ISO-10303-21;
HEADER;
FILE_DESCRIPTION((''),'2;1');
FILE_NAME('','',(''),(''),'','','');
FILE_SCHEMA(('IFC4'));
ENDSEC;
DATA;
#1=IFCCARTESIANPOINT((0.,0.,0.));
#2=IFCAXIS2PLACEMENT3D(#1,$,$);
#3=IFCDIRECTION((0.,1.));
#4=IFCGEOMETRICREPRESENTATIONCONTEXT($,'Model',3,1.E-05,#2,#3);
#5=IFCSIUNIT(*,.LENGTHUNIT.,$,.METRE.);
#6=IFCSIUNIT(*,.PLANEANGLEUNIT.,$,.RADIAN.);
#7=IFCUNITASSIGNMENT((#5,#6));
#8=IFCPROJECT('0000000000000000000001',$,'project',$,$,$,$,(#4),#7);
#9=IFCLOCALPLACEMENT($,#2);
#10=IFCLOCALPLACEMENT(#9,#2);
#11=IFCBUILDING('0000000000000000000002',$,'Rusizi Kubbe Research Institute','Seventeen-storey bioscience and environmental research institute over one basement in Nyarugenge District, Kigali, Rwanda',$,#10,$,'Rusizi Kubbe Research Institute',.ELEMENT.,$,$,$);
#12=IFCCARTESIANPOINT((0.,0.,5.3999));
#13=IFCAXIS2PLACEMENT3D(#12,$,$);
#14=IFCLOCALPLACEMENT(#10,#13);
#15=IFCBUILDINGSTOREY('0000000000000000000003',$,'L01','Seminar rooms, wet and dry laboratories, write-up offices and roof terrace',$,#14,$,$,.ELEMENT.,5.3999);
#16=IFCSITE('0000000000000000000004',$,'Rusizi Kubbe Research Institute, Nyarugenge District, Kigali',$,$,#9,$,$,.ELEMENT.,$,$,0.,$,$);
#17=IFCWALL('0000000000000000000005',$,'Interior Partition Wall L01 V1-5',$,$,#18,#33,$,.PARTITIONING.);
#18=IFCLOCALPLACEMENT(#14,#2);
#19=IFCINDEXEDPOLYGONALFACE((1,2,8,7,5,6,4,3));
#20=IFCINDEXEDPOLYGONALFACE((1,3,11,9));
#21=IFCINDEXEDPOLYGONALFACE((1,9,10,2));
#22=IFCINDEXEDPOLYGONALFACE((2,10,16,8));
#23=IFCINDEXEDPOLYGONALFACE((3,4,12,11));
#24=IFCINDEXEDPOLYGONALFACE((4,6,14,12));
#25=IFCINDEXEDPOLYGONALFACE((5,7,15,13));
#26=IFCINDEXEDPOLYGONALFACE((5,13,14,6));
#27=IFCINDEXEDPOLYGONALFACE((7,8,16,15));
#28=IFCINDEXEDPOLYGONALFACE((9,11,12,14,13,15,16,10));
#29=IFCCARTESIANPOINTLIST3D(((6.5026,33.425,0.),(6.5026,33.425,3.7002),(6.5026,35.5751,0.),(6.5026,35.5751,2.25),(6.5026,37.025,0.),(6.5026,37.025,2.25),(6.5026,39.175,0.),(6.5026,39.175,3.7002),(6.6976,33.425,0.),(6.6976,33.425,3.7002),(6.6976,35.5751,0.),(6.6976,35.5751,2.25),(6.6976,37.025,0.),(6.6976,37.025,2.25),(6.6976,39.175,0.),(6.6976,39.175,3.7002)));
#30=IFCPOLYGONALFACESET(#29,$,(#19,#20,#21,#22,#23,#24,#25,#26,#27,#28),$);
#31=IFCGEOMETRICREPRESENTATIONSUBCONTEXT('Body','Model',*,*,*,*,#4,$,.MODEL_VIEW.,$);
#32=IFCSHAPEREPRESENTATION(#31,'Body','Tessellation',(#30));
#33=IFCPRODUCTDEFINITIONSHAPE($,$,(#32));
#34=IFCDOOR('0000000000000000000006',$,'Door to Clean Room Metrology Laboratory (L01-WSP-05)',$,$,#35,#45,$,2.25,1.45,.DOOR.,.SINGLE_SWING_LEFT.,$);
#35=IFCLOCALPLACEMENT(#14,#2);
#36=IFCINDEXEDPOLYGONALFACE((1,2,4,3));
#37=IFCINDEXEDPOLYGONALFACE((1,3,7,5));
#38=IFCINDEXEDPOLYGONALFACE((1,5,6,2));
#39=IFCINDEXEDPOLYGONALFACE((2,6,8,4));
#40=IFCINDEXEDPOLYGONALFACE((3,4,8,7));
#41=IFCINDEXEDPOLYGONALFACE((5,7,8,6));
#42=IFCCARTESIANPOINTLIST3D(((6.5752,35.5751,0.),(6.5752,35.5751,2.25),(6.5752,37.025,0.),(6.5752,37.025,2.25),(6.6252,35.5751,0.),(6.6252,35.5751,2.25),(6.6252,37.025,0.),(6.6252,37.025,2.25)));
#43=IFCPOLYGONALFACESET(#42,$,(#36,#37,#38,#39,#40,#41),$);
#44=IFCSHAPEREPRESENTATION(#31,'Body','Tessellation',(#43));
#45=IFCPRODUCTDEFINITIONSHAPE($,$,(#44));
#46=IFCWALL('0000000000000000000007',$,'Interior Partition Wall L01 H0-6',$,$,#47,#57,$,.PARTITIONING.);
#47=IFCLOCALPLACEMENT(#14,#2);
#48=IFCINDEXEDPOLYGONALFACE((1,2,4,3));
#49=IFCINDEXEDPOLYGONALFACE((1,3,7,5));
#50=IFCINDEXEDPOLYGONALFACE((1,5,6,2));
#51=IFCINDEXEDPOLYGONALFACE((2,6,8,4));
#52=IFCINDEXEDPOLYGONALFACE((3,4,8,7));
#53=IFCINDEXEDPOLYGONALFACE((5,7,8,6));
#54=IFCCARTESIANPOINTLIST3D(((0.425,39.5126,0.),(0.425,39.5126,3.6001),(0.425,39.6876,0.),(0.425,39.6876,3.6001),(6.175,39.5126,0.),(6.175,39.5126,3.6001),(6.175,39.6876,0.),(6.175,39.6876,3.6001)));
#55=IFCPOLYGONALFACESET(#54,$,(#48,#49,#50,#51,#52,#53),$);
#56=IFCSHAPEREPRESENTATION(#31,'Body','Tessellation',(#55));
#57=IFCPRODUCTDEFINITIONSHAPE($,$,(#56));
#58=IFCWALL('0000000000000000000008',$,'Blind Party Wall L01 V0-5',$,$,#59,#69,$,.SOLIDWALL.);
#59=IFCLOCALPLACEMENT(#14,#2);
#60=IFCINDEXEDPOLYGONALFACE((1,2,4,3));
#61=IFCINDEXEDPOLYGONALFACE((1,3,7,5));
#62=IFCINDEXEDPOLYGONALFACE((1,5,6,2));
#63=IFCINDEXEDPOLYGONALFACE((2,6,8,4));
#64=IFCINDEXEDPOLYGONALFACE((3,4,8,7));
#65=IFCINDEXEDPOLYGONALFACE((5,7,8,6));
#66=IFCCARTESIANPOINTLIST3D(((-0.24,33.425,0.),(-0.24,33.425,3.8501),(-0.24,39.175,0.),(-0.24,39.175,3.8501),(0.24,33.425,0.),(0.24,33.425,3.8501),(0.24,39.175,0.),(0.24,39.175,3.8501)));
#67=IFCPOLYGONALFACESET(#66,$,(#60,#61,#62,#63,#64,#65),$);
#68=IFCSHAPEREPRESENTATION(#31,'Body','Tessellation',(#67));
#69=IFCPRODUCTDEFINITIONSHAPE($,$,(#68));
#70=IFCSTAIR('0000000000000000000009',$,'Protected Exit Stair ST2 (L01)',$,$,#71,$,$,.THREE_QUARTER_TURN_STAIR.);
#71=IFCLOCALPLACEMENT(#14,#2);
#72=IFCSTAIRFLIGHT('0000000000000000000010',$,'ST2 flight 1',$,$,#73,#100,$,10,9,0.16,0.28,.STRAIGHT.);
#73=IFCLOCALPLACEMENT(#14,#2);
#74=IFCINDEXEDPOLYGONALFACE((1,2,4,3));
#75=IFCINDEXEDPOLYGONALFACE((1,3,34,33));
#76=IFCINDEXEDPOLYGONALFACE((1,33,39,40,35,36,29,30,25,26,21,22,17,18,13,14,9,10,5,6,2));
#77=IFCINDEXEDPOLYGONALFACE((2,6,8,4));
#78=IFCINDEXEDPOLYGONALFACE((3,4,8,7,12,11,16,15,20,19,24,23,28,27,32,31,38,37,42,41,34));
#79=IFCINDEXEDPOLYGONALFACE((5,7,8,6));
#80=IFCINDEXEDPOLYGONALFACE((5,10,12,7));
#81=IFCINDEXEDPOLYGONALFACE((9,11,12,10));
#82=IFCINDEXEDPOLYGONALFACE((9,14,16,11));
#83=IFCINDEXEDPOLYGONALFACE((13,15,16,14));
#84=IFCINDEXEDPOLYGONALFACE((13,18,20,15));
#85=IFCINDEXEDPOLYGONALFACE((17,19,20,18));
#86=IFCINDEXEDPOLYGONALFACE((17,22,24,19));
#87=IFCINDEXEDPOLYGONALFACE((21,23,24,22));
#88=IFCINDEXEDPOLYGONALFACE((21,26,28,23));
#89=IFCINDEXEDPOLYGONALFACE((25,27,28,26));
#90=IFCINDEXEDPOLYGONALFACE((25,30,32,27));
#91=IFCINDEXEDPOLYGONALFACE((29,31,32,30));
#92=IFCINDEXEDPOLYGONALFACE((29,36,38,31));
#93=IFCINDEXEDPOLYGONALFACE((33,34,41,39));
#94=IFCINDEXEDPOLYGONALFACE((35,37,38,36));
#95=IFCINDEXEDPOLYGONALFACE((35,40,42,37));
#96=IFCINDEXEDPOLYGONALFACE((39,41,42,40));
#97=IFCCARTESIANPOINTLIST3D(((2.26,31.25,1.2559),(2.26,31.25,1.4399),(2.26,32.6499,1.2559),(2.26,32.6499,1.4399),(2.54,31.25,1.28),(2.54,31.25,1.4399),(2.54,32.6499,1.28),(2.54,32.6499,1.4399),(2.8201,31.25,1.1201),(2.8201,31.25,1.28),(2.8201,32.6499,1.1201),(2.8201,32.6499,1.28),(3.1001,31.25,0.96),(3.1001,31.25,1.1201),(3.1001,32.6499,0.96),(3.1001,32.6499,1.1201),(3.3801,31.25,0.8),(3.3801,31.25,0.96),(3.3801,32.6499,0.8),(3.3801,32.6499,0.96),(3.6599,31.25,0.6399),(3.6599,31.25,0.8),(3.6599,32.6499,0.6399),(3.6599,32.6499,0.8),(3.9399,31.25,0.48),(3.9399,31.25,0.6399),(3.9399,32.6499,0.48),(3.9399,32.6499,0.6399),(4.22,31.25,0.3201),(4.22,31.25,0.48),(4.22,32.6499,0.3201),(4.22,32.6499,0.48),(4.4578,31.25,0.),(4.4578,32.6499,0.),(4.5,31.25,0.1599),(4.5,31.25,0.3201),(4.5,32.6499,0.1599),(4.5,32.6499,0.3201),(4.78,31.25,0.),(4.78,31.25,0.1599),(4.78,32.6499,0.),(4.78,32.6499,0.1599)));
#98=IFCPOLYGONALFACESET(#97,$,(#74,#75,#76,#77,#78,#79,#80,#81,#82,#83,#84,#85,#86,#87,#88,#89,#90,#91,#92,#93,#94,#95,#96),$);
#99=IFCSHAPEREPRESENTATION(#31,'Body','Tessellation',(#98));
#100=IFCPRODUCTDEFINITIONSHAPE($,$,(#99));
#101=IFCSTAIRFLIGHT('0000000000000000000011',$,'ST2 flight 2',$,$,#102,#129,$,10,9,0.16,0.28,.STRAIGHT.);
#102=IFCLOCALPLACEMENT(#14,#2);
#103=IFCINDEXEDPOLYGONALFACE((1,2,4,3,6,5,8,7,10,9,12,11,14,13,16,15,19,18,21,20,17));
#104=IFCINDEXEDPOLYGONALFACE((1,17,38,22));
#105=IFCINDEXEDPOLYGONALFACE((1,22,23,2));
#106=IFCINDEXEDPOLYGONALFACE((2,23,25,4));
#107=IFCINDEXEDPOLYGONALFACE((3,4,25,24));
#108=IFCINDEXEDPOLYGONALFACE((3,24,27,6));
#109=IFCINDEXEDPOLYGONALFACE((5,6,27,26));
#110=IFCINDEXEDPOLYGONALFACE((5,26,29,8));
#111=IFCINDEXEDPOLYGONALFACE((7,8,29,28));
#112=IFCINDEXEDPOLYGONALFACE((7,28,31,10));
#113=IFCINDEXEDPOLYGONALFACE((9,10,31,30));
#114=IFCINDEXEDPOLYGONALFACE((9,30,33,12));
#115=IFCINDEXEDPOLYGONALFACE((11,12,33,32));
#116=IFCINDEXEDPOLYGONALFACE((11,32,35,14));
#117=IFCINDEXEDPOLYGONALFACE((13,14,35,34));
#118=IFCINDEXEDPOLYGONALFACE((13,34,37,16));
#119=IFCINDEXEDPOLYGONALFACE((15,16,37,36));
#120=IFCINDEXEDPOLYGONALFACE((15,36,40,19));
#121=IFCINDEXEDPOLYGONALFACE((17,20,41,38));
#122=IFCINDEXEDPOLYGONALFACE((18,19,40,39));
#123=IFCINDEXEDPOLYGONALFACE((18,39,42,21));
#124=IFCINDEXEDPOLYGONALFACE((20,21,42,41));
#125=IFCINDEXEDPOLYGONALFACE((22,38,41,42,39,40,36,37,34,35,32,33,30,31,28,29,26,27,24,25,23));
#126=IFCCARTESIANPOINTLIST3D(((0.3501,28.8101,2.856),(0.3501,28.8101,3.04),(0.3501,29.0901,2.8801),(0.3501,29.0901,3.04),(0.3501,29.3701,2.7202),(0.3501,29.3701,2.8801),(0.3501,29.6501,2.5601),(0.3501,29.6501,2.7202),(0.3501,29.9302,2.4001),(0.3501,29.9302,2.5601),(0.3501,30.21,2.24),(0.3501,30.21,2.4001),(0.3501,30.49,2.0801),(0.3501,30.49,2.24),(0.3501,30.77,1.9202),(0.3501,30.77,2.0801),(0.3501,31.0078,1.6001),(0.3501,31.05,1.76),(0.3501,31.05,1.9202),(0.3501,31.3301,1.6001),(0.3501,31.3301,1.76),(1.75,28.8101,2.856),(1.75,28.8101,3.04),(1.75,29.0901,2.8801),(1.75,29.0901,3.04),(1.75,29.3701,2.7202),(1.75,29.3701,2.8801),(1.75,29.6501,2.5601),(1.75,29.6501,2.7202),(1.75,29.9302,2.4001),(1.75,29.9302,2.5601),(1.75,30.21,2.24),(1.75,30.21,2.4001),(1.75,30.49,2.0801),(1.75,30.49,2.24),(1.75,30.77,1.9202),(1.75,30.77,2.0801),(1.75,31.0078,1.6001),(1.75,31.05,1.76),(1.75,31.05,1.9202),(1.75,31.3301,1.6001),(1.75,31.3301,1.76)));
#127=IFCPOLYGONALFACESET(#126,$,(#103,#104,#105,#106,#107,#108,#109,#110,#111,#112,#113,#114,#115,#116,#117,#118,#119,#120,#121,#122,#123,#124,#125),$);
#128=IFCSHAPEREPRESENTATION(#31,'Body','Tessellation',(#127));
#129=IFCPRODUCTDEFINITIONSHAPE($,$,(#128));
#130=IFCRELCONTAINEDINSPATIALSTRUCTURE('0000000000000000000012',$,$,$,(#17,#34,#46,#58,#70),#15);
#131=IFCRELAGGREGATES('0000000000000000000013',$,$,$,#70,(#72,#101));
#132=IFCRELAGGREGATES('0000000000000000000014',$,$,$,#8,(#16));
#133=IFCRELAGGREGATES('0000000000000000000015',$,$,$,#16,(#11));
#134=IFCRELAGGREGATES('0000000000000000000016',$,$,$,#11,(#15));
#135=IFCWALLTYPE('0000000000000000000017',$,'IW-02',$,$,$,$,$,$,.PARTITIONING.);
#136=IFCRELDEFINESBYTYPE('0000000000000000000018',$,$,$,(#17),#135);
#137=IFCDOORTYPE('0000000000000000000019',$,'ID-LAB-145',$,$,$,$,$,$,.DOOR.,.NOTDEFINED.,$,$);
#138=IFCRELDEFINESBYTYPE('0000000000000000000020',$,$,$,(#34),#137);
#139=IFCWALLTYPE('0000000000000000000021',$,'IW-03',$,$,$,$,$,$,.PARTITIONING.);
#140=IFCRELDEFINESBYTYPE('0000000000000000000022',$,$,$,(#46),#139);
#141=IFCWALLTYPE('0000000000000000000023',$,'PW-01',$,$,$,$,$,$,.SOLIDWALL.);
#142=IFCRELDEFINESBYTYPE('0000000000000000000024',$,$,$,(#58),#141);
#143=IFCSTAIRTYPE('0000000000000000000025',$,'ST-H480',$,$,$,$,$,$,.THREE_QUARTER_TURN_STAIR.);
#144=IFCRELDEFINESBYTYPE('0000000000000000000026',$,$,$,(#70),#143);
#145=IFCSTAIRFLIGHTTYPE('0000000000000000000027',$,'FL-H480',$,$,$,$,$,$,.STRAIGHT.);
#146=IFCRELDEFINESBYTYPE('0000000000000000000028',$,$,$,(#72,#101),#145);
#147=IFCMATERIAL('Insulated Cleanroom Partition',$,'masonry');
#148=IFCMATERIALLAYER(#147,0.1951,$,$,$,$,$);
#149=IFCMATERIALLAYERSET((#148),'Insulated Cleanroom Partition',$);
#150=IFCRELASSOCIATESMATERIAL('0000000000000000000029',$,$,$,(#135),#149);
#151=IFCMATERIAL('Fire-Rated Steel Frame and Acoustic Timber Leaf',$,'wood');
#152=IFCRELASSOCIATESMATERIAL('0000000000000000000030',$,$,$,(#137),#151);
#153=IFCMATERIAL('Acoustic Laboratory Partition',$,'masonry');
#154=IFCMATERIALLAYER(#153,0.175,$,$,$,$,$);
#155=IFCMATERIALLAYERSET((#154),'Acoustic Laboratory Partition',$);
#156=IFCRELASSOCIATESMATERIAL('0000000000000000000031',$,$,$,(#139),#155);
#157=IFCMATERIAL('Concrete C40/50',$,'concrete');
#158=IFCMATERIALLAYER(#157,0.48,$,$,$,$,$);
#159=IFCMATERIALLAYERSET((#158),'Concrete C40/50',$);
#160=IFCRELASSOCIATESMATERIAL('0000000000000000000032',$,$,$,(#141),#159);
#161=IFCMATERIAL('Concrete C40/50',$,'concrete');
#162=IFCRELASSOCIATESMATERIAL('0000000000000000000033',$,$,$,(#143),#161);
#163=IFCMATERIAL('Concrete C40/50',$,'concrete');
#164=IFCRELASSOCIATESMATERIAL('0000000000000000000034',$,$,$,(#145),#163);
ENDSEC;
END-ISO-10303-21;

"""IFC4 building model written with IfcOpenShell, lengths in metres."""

from ifc_helpers import new_model, si_unit, direction, frame, frame_2d, origin, place, context, subcontext, project, spatial, polyline, rectangle, outline, extrude, material, layer, layer_set, type_object, element, fill, aggregate, save


model = new_model("IFC4")

# Units and contexts
model_context = context("Model", 3, precision=1e-05, world=origin(), true_north=direction((0.0, 1.0)))
body_context = subcontext(model_context, "Body", "Model", "MODEL_VIEW")
ifc_project = project(units=[si_unit("LENGTHUNIT", "METRE"), si_unit("PLANEANGLEUNIT", "RADIAN")], contexts=[model_context])

# Site, building, storey
site_placement = place(None, origin())
site = spatial("IfcSite", under=ifc_project, at=site_placement, Name="Rusizi Kubbe Research Institute, Nyarugenge District, Kigali", CompositionType="ELEMENT", RefElevation=0.0)
building_placement = place(site_placement, origin())
building = spatial("IfcBuilding", under=site, at=building_placement, Name="Rusizi Kubbe Research Institute", Description="Seventeen-storey bioscience and environmental research institute over one basement in Nyarugenge District, Kigali, Rwanda", LongName="Rusizi Kubbe Research Institute", CompositionType="ELEMENT")
storey_placement = place(building_placement, frame((0.0, 0.0, 5.3999)))
storey = spatial("IfcBuildingStorey", under=building, at=storey_placement, Name="L01", Description="Seminar rooms, wet and dry laboratories, write-up offices and roof terrace", CompositionType="ELEMENT", Elevation=5.3999)

# Wall, opening, door
ifc_material_1 = material(Name="Insulated Cleanroom Partition", Category="masonry")
ifc_layer_1 = layer(ifc_material_1, 0.1951)
ifc_layer_set_1 = layer_set([ifc_layer_1], Name="Insulated Cleanroom Partition")
wall_type_1 = type_object("IfcWallType", Name="IW-02", PredefinedType="PARTITIONING", material=ifc_layer_set_1)
wall_1_placement = place(storey_placement, frame((6.6001, 33.425, 0.0), z_axis=(0.0, 0.0, 1.0), x_axis=(0.0, 1.0, 0.0)))
wall_1 = element("IfcWall", 1, at=wall_1_placement, inside=storey, type_object=wall_type_1, Name="Interior Partition Wall L01 V1-5", PredefinedType="PARTITIONING", context=body_context, shape_type="SweptSolid", body=[
    extrude(rectangle(XDim=5.75, YDim=0.1951, at=frame_2d((2.875, 0.0))), origin(), (0.0, 0.0, 1.0), 3.7002),
])
opening_placement = place(wall_1_placement, frame((2.1499, 0.0, 0.0)))
opening = element("IfcOpeningElement", 2, at=opening_placement, cuts=wall_1, PredefinedType="OPENING", context=body_context, shape_type="SweptSolid", body=[
    extrude(rectangle(XDim=1.45, YDim=2.25, at=frame_2d((0.7251, 1.125))), frame((0.0, 0.1074, 0.0), z_axis=(0.0, -1.0, 0.0), x_axis=(1.0, 0.0, 0.0)), (0.0, 0.0, 1.0), 0.2151),
])
ifc_material_2 = material(Name="Fire-Rated Steel Frame and Acoustic Timber Leaf", Category="wood")
door_type = type_object("IfcDoorType", Name="ID-LAB-145", OperationType="NOTDEFINED", PredefinedType="DOOR", material=ifc_material_2)
door_placement = place(opening_placement, origin())
door = element("IfcDoor", 3, at=door_placement, inside=storey, type_object=door_type, Name="Door to Clean Room Metrology Laboratory (L01-WSP-05)", OperationType="SINGLE_SWING_LEFT", OverallHeight=2.25, OverallWidth=1.45, PredefinedType="DOOR", context=body_context, shape_type="SweptSolid", body=[
    extrude(rectangle(XDim=1.45, YDim=2.25, at=frame_2d((0.7251, 1.125))), frame((0.0, 0.0249, 0.0), z_axis=(0.0, -1.0, 0.0), x_axis=(1.0, 0.0, 0.0)), (0.0, 0.0, 1.0), 0.05),
])
fill(opening, door)

# Walls
ifc_material_3 = material(Name="Acoustic Laboratory Partition", Category="masonry")
ifc_layer_2 = layer(ifc_material_3, 0.175)
ifc_layer_set_2 = layer_set([ifc_layer_2], Name="Acoustic Laboratory Partition")
wall_type_2 = type_object("IfcWallType", Name="IW-03", PredefinedType="PARTITIONING", material=ifc_layer_set_2)
wall_2_placement = place(storey_placement, frame((0.425, 39.6001, 0.0), z_axis=(0.0, 0.0, 1.0), x_axis=(1.0, 0.0, 0.0)))
element("IfcWall", 4, at=wall_2_placement, inside=storey, type_object=wall_type_2, Name="Interior Partition Wall L01 H0-6", PredefinedType="PARTITIONING", context=body_context, shape_type="SweptSolid", body=[
    extrude(rectangle(XDim=5.75, YDim=0.175, at=frame_2d((2.875, 0.0))), origin(), (0.0, 0.0, 1.0), 3.6001),
])
ifc_material_4 = material(Name="Concrete C40/50", Category="concrete")
ifc_layer_3 = layer(ifc_material_4, 0.48)
ifc_layer_set_3 = layer_set([ifc_layer_3], Name="Concrete C40/50")
wall_type_3 = type_object("IfcWallType", Name="PW-01", PredefinedType="SOLIDWALL", material=ifc_layer_set_3)
wall_3_placement = place(storey_placement, frame((0.0, 33.425, 0.0), z_axis=(0.0, 0.0, 1.0), x_axis=(0.0, 1.0, 0.0)))
element("IfcWall", 5, at=wall_3_placement, inside=storey, type_object=wall_type_3, Name="Blind Party Wall L01 V0-5", PredefinedType="SOLIDWALL", context=body_context, shape_type="SweptSolid", body=[
    extrude(rectangle(XDim=5.75, YDim=0.48, at=frame_2d((2.875, 0.0))), origin(), (0.0, 0.0, 1.0), 3.8501),
])

# Stair, stair flights
ifc_material_5 = material(Name="Concrete C40/50", Category="concrete")
stair_type = type_object("IfcStairType", Name="ST-H480", PredefinedType="THREE_QUARTER_TURN_STAIR", material=ifc_material_5)
stair_placement = place(storey_placement, origin())
stair = element("IfcStair", 6, at=stair_placement, inside=storey, type_object=stair_type, Name="Protected Exit Stair ST2 (L01)", PredefinedType="THREE_QUARTER_TURN_STAIR")
ifc_material_6 = material(Name="Concrete C40/50", Category="concrete")
stair_flight_type = type_object("IfcStairFlightType", Name="FL-H480", PredefinedType="STRAIGHT", material=ifc_material_6)
stair_flight_1_placement = place(storey_placement, frame((4.78, 31.95, 0.0), z_axis=(0.0, 0.0, 1.0), x_axis=(-1.0, 0.0, 0.0)))
stair_flight_1 = element("IfcStairFlight", 7, at=stair_flight_1_placement, type_object=stair_flight_type, Name="ST2 flight 1", NumberOfRisers=10, NumberOfTreads=9, PredefinedType="STRAIGHT", RiserHeight=0.16, TreadLength=0.28, context=body_context, shape_type="SweptSolid", body=[
    extrude(outline(polyline([(0.0, 0.0), (0.0, 0.1599), (0.28, 0.1599), (0.28, 0.3201), (0.5601, 0.3201), (0.5601, 0.48), (0.8401, 0.48), (0.8401, 0.6399), (1.1201, 0.6399), (1.1201, 0.8), (1.3999, 0.8), (1.3999, 0.96), (1.6799, 0.96), (1.6799, 1.1201), (1.96, 1.1201), (1.96, 1.28), (2.24, 1.28), (2.24, 1.4399), (2.52, 1.4399), (2.52, 1.6001), (2.52, 1.2559), (0.3223, 0.0), (0.0, 0.0)])), frame((0.0, 0.7, 0.0), z_axis=(0.0, -1.0, 0.0), x_axis=(1.0, 0.0, 0.0)), (0.0, 0.0, 1.0), 1.3999),
])
stair_flight_2_placement = place(storey_placement, frame((1.05, 31.3301, 1.6001), z_axis=(0.0, 0.0, 1.0), x_axis=(0.0, -1.0, 0.0)))
stair_flight_2 = element("IfcStairFlight", 8, at=stair_flight_2_placement, type_object=stair_flight_type, Name="ST2 flight 2", NumberOfRisers=10, NumberOfTreads=9, PredefinedType="STRAIGHT", RiserHeight=0.16, TreadLength=0.28, context=body_context, shape_type="SweptSolid", body=[
    extrude(outline(polyline([(0.0, 0.0), (0.0, 0.1599), (0.28, 0.1599), (0.28, 0.3201), (0.5601, 0.3201), (0.5601, 0.48), (0.8401, 0.48), (0.8401, 0.6399), (1.1201, 0.6399), (1.1201, 0.8), (1.3999, 0.8), (1.3999, 0.96), (1.6799, 0.96), (1.6799, 1.1201), (1.96, 1.1201), (1.96, 1.28), (2.24, 1.28), (2.24, 1.4399), (2.52, 1.4399), (2.52, 1.6001), (2.52, 1.2559), (0.3223, 0.0), (0.0, 0.0)])), frame((0.0, 0.7, 0.0), z_axis=(0.0, -1.0, 0.0), x_axis=(1.0, 0.0, 0.0)), (0.0, 0.0, 1.0), 1.3999),
])
aggregate(stair, [stair_flight_1, stair_flight_2])

save(model, "model.ifc")
